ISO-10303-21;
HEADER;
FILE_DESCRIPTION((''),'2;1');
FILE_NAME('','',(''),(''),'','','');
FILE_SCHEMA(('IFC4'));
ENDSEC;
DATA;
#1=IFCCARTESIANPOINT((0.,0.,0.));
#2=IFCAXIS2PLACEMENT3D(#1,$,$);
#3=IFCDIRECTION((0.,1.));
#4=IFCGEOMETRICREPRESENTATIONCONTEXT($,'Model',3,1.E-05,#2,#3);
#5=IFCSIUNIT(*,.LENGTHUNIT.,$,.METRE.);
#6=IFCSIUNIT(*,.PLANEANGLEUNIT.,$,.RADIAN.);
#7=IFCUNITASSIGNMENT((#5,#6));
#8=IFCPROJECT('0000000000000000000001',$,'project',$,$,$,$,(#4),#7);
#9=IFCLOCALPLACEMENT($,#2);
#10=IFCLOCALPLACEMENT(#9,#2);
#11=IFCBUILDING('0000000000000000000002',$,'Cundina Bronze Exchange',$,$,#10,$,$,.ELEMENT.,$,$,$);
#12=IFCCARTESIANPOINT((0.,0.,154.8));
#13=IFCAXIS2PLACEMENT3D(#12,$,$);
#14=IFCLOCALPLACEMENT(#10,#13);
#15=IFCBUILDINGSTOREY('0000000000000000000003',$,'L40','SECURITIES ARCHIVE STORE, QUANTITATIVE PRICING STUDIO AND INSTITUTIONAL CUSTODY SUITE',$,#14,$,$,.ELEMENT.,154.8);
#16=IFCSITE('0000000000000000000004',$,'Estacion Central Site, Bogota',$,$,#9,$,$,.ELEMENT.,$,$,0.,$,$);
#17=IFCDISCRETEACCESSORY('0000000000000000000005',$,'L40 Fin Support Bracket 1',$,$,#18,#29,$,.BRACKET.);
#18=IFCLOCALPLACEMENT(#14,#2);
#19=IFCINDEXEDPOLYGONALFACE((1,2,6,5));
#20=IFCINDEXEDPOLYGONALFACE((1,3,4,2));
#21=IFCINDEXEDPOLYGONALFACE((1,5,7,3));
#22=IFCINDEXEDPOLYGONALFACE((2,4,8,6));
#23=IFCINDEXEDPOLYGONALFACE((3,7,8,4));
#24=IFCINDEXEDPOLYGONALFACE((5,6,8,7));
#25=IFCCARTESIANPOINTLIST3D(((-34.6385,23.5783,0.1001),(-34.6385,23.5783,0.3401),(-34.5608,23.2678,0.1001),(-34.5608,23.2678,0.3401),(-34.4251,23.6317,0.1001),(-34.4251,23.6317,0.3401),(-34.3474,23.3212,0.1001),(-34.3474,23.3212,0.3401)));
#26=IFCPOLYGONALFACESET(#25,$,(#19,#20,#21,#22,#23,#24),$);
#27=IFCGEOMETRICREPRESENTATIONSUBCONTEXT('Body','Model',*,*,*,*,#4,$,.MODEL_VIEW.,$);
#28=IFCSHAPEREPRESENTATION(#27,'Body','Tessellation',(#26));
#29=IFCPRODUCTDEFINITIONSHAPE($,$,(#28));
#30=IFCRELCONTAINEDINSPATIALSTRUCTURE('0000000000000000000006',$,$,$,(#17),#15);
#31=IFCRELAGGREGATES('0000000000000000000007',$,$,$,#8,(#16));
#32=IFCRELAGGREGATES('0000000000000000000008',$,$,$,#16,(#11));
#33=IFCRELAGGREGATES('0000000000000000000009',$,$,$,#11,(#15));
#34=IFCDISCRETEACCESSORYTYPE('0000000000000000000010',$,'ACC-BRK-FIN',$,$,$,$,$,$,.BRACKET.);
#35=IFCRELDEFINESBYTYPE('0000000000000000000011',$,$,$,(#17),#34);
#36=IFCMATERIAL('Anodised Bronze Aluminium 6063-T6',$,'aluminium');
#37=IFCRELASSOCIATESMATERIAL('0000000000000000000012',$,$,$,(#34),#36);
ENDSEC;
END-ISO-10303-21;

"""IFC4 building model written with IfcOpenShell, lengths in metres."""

from ifc_helpers import new_model, si_unit, direction, frame, origin, origin_2d, place, context, subcontext, project, spatial, rectangle, extrude, material, type_object, element, save


model = new_model("IFC4")

# Units and contexts
model_context = context("Model", 3, precision=1e-05, world=origin(), true_north=direction((0.0, 1.0)))
body_context = subcontext(model_context, "Body", "Model", "MODEL_VIEW")
ifc_project = project(units=[si_unit("LENGTHUNIT", "METRE"), si_unit("PLANEANGLEUNIT", "RADIAN")], contexts=[model_context])

# Site, building, storey
site_placement = place(None, origin())
site = spatial("IfcSite", under=ifc_project, at=site_placement, Name="Estacion Central Site, Bogota", CompositionType="ELEMENT", RefElevation=0.0)
building_placement = place(site_placement, origin())
building = spatial("IfcBuilding", under=site, at=building_placement, Name="Cundina Bronze Exchange", CompositionType="ELEMENT")
storey_placement = place(building_placement, frame((0.0, 0.0, 154.8)))
storey = spatial("IfcBuildingStorey", under=building, at=storey_placement, Name="L40", Description="SECURITIES ARCHIVE STORE, QUANTITATIVE PRICING STUDIO AND INSTITUTIONAL CUSTODY SUITE", CompositionType="ELEMENT", Elevation=154.8)

# Shared definitions
ifc_material_1 = material(Name="Anodised Bronze Aluminium 6063-T6", Category="aluminium")

# Discrete accessory
discrete_accessory_type = type_object("IfcDiscreteAccessoryType", Name="ACC-BRK-FIN", PredefinedType="BRACKET", material=ifc_material_1)
discrete_accessory_placement = place(storey_placement, frame((-34.4929, 23.4497, 0.1001), z_axis=(0.0, 0.0, 1.0), x_axis=(-0.970093, -0.242735, 0.0)))
element("IfcDiscreteAccessory", 1, at=discrete_accessory_placement, inside=storey, type_object=discrete_accessory_type, Name="L40 Fin Support Bracket 1", PredefinedType="BRACKET", context=body_context, shape_type="SweptSolid", body=[
    extrude(rectangle(XDim=0.22, YDim=0.3201, at=origin_2d()), origin(), (0.0, 0.0, 1.0), 0.24),
])

save(model, "model.ifc")
